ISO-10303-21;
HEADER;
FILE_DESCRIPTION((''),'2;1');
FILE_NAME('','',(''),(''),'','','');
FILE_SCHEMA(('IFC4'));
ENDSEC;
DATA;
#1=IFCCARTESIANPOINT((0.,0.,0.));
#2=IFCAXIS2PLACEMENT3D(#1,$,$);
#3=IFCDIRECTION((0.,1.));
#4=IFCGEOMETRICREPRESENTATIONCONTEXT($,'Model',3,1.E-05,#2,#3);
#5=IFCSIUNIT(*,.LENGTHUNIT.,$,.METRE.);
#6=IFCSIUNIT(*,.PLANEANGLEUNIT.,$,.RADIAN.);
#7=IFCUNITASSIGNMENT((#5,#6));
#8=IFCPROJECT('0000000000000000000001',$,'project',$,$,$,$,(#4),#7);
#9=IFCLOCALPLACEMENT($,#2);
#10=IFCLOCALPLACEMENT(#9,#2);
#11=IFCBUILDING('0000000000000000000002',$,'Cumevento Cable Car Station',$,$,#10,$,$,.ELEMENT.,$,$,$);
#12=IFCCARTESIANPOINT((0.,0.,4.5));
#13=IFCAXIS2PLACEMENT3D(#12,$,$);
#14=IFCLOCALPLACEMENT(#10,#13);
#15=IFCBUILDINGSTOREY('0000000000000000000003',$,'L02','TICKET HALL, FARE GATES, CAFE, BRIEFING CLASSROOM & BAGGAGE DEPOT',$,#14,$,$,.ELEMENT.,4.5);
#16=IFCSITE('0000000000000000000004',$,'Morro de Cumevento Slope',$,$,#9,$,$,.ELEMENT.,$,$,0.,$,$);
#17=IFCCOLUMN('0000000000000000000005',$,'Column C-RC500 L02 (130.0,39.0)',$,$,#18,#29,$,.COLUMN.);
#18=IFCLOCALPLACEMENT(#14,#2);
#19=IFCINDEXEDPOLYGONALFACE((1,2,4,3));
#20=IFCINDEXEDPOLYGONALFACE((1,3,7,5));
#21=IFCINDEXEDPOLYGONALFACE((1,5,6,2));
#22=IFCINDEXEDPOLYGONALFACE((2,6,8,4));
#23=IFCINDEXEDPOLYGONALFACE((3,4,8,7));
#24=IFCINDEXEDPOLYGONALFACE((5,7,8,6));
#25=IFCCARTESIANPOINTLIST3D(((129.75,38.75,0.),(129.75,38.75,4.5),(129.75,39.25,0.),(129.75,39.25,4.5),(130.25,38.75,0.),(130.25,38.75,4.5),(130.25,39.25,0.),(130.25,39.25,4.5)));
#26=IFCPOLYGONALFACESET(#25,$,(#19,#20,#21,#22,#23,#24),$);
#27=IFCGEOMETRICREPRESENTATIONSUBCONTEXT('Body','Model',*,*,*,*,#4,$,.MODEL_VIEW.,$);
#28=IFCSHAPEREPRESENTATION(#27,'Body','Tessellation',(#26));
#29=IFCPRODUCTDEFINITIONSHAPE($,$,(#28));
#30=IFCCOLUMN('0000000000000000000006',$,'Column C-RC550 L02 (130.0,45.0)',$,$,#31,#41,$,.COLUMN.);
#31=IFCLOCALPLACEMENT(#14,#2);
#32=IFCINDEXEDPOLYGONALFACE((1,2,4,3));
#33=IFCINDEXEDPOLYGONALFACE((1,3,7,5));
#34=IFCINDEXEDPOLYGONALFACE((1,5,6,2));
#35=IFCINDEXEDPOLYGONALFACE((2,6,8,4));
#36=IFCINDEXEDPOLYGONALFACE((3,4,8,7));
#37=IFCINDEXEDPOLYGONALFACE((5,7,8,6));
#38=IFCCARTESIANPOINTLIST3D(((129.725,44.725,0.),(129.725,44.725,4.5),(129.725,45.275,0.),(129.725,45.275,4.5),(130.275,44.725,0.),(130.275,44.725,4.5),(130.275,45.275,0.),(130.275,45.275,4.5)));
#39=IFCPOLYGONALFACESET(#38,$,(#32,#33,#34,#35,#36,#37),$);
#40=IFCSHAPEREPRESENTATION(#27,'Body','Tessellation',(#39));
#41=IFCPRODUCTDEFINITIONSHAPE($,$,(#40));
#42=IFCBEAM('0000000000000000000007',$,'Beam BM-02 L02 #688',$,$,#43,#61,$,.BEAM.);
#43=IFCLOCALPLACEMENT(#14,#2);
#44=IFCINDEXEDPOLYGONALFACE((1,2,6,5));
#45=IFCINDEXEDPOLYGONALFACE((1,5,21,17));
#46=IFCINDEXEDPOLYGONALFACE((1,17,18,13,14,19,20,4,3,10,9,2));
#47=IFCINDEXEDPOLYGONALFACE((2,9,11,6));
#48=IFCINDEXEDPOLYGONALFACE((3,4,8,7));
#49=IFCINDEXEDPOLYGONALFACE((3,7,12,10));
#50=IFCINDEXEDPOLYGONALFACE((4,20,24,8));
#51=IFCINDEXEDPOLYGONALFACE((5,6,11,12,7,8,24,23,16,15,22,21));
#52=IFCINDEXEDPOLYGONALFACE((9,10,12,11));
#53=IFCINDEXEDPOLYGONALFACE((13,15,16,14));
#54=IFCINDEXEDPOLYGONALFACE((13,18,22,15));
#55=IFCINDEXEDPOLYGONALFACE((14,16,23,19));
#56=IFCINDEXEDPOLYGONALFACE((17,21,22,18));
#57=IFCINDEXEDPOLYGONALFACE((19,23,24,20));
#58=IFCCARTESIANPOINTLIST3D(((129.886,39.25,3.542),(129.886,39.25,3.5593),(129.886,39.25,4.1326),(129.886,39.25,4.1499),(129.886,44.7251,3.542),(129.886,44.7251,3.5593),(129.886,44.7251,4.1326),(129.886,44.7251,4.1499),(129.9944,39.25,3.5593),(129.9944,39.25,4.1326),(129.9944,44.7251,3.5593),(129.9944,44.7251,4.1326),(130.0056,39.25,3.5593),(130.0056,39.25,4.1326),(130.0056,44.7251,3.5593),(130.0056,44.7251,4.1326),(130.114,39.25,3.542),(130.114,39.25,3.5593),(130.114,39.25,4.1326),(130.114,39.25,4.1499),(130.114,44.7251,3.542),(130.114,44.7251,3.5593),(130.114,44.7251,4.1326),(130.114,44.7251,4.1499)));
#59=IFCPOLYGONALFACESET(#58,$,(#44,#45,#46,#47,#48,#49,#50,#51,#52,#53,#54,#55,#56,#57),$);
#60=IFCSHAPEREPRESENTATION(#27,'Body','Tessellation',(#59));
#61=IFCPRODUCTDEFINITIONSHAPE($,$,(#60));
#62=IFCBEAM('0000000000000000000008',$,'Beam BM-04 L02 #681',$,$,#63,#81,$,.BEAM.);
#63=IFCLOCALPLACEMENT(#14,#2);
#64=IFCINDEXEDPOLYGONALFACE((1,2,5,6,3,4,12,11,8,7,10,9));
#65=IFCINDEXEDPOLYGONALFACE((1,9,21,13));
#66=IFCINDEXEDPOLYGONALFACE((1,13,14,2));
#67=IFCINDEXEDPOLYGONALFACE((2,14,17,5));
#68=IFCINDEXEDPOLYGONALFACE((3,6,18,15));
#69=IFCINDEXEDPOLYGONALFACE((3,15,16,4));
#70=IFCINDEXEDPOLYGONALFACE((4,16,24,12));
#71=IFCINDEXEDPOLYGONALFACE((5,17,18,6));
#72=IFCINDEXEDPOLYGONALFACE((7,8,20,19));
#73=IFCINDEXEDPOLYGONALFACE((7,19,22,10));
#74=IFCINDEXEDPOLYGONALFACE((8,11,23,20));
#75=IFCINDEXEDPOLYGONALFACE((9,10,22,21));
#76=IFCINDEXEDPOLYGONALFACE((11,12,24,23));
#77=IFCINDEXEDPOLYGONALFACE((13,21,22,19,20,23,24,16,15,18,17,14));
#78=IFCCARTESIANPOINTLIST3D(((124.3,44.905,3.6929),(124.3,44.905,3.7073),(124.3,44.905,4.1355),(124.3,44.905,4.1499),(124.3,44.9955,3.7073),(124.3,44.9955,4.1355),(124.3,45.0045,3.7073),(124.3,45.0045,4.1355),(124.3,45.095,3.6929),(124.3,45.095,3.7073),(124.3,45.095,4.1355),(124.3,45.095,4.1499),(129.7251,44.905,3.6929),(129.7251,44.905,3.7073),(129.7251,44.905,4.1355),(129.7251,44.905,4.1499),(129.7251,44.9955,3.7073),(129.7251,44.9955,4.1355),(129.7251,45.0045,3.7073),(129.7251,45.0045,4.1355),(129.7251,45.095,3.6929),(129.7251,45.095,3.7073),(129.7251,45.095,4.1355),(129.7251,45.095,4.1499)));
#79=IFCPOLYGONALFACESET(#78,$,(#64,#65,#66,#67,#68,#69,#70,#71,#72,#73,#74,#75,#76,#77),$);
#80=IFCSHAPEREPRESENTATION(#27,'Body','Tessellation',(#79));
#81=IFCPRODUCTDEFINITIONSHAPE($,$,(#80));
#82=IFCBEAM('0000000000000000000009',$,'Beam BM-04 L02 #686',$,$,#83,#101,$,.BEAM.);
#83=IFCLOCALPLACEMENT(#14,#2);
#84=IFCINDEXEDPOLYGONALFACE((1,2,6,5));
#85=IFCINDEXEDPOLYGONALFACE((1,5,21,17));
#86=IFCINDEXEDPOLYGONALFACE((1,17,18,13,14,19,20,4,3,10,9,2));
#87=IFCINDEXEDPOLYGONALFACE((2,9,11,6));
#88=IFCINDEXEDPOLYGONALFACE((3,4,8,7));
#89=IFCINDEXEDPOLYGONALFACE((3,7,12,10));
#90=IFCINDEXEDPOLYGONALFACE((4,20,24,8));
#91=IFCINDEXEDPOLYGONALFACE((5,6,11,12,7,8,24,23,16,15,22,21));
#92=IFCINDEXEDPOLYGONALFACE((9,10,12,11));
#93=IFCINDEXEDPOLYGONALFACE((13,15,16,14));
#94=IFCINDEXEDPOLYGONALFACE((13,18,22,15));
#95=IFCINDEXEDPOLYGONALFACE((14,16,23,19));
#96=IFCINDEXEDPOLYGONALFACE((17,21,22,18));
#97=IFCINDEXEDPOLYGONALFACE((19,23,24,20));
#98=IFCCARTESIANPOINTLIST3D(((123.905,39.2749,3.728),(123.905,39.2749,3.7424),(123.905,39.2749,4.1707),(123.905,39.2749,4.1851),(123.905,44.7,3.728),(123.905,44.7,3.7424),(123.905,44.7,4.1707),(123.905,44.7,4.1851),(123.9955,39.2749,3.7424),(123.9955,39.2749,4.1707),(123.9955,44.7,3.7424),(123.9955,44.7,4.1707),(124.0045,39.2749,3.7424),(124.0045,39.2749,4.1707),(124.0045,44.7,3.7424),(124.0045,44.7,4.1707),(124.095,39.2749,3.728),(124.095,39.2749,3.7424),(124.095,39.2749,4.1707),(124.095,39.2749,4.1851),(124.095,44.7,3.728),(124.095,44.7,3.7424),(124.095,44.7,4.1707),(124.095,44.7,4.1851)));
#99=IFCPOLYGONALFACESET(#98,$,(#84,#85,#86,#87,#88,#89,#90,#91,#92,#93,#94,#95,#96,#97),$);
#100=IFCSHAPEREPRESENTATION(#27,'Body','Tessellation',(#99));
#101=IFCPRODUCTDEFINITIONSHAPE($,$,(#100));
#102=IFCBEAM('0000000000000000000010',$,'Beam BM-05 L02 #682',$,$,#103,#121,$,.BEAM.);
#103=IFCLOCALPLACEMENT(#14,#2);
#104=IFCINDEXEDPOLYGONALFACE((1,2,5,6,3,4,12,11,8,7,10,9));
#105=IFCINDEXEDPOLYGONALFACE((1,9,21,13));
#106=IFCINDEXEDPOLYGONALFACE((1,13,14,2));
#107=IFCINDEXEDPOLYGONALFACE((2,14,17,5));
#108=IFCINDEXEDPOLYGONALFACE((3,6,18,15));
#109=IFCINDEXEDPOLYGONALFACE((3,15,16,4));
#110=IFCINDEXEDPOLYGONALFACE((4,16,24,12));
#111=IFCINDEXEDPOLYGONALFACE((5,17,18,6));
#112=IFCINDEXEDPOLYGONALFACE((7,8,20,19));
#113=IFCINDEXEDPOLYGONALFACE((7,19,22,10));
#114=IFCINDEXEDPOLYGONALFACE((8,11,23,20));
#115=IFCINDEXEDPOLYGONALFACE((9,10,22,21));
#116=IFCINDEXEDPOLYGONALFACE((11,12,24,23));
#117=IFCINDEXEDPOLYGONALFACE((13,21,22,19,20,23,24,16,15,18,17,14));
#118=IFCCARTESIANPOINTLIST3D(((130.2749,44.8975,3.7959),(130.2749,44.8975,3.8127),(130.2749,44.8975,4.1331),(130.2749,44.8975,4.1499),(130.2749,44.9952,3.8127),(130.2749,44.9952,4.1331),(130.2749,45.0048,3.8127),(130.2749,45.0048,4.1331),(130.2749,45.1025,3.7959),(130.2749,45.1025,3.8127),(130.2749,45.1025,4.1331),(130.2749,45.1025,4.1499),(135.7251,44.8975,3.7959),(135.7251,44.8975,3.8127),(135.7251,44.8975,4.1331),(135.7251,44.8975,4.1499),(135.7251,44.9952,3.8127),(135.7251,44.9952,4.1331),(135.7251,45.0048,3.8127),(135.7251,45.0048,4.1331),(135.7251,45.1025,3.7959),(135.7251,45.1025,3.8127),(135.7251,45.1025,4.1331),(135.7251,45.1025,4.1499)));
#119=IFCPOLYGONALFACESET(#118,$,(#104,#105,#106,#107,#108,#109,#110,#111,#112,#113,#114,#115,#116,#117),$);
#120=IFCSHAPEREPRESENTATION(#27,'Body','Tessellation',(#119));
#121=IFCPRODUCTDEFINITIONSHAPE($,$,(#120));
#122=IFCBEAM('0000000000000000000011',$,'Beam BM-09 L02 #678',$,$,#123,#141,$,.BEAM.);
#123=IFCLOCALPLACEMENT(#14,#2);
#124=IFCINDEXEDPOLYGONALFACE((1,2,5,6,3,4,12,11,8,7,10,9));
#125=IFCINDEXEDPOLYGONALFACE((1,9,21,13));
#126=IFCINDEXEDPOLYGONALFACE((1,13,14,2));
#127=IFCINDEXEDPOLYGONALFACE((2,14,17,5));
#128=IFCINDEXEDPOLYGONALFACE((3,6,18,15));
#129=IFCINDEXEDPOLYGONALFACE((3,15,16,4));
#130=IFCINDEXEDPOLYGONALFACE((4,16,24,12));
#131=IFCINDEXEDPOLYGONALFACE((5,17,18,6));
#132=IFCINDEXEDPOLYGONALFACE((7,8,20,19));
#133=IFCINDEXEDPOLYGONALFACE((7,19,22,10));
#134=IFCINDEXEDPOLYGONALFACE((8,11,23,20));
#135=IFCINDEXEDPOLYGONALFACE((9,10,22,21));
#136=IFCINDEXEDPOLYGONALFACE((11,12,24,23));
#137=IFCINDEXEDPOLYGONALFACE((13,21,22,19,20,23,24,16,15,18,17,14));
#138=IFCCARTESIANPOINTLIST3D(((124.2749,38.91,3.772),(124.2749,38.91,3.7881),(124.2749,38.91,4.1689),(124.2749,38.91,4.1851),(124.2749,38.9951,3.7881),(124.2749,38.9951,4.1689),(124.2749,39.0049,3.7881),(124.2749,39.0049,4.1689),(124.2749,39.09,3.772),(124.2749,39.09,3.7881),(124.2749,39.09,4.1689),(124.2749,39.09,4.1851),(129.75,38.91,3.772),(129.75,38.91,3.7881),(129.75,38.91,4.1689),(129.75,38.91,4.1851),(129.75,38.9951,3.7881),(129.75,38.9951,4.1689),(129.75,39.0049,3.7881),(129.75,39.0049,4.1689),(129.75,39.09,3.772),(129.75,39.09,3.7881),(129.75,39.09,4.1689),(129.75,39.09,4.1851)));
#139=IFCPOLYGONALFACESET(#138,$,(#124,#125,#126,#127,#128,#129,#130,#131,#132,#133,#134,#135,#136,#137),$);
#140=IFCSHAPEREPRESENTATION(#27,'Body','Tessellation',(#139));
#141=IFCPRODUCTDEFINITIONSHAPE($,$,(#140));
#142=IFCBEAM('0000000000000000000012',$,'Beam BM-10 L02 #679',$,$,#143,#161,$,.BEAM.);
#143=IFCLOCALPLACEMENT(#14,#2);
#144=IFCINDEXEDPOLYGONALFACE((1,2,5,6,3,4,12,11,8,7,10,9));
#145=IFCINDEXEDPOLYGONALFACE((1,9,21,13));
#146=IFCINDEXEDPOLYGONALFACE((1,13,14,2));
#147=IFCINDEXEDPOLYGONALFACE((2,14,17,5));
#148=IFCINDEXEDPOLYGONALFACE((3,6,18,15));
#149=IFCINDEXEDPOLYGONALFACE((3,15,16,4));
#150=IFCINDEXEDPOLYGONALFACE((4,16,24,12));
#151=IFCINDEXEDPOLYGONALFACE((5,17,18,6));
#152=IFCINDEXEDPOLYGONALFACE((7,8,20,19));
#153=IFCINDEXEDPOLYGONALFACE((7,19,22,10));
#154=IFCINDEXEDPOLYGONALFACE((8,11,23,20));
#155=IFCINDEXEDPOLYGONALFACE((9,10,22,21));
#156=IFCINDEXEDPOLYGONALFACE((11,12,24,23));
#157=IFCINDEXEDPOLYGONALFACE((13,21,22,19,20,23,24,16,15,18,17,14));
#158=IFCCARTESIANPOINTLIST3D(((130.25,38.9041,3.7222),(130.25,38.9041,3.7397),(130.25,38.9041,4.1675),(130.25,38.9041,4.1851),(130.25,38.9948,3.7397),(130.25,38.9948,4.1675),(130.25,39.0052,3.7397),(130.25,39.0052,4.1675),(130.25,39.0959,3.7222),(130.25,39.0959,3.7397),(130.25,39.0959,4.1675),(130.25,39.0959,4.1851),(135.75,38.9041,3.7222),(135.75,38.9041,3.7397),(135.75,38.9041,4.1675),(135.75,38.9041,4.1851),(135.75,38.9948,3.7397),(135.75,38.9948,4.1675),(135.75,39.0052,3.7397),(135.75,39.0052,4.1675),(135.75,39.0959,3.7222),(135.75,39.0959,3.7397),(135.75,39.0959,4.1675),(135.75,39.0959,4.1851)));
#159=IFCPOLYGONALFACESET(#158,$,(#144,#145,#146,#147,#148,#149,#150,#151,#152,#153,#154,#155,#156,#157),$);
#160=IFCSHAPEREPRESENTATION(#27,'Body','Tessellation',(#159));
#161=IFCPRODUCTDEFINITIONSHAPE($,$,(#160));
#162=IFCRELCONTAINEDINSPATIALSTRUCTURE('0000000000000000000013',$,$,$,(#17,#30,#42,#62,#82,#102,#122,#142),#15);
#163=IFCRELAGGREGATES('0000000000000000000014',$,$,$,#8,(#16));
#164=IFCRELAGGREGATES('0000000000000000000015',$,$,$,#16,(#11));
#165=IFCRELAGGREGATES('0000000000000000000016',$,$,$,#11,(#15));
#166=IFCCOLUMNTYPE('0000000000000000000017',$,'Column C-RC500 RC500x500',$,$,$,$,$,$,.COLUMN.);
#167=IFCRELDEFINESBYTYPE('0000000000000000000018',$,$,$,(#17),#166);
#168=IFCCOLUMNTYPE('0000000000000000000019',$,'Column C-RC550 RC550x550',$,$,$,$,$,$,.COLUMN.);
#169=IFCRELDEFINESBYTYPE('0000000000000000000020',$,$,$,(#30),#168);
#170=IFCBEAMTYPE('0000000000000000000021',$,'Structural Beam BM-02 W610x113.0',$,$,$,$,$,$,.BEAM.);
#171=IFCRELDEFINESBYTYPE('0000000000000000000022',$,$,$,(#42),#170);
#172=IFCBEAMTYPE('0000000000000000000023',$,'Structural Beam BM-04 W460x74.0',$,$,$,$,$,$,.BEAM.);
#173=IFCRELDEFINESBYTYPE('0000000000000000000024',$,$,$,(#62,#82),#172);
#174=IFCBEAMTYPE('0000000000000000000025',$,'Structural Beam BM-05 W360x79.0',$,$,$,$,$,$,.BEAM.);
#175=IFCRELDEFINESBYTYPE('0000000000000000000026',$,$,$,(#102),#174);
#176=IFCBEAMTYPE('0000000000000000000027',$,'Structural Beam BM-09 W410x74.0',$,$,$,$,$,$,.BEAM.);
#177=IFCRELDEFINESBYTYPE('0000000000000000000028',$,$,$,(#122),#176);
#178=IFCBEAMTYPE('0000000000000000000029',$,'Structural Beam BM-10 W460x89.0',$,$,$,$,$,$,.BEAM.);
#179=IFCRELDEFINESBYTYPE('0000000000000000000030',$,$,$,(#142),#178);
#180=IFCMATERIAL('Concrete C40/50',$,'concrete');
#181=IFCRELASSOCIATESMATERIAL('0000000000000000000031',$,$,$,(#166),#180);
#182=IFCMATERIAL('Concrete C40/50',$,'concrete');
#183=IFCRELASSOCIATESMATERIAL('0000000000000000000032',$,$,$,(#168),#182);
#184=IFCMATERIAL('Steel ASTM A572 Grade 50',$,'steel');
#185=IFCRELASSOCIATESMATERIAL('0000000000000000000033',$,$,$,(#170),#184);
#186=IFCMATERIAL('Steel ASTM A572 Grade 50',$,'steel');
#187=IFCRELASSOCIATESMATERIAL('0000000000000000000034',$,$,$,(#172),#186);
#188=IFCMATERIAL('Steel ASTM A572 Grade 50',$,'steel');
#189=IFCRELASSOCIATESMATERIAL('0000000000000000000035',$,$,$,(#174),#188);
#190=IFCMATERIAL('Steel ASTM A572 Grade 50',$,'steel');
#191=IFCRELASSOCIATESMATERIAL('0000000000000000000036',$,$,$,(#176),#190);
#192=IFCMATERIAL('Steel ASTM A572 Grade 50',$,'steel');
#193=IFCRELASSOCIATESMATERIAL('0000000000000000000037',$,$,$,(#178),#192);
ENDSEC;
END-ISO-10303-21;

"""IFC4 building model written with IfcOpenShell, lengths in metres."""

from ifc_helpers import new_model, si_unit, direction, frame, origin, origin_2d, place, context, subcontext, project, spatial, rectangle, i_section, extrude, material, material_profile, profile_set, type_object, element, save


model = new_model("IFC4")

# Units and contexts
model_context = context("Model", 3, precision=1e-05, world=origin(), true_north=direction((0.0, 1.0)))
body_context = subcontext(model_context, "Body", "Model", "MODEL_VIEW")
ifc_project = project(units=[si_unit("LENGTHUNIT", "METRE"), si_unit("PLANEANGLEUNIT", "RADIAN")], contexts=[model_context])

# Site, building, storey
site_placement = place(None, origin())
site = spatial("IfcSite", under=ifc_project, at=site_placement, Name="Morro de Cumevento Slope", CompositionType="ELEMENT", RefElevation=0.0)
building_placement = place(site_placement, origin())
building = spatial("IfcBuilding", under=site, at=building_placement, Name="Cumevento Cable Car Station", CompositionType="ELEMENT")
storey_placement = place(building_placement, frame((0.0, 0.0, 4.5)))
storey = spatial("IfcBuildingStorey", under=building, at=storey_placement, Name="L02", Description="TICKET HALL, FARE GATES, CAFE, BRIEFING CLASSROOM & BAGGAGE DEPOT", CompositionType="ELEMENT", Elevation=4.5)

# Columns
ifc_material_1 = material(Name="Concrete C40/50", Category="concrete")
ifc_material_profile_1 = material_profile(ifc_material_1, rectangle(XDim=0.5, YDim=0.5, at=origin_2d()), Name="RC500x500")
ifc_profile_set_1 = profile_set([ifc_material_profile_1], Name="Concrete C40/50")
column_type_1 = type_object("IfcColumnType", Name="Column C-RC500 RC500x500", PredefinedType="COLUMN", material=ifc_profile_set_1)
column_1_placement = place(storey_placement, frame((130.0, 39.0, 0.0), z_axis=(0.0, 0.0, 1.0), x_axis=(1.0, 0.0, 0.0)))
element("IfcColumn", 1, at=column_1_placement, inside=storey, type_object=column_type_1, Name="Column C-RC500 L02 (130.0,39.0)", PredefinedType="COLUMN", context=body_context, shape_type="SweptSolid", body=[
    extrude(rectangle(XDim=0.5, YDim=0.5, at=origin_2d()), origin(), (0.0, 0.0, 1.0), 4.5),
])
ifc_material_2 = material(Name="Concrete C40/50", Category="concrete")
ifc_material_profile_2 = material_profile(ifc_material_2, rectangle(XDim=0.55, YDim=0.55, at=origin_2d()), Name="RC550x550")
ifc_profile_set_2 = profile_set([ifc_material_profile_2], Name="Concrete C40/50")
column_type_2 = type_object("IfcColumnType", Name="Column C-RC550 RC550x550", PredefinedType="COLUMN", material=ifc_profile_set_2)
column_2_placement = place(storey_placement, frame((130.0, 45.0, 0.0), z_axis=(0.0, 0.0, 1.0), x_axis=(1.0, 0.0, 0.0)))
element("IfcColumn", 2, at=column_2_placement, inside=storey, type_object=column_type_2, Name="Column C-RC550 L02 (130.0,45.0)", PredefinedType="COLUMN", context=body_context, shape_type="SweptSolid", body=[
    extrude(rectangle(XDim=0.55, YDim=0.55, at=origin_2d()), origin(), (0.0, 0.0, 1.0), 4.5),
])

# Beams
ifc_material_3 = material(Name="Steel ASTM A572 Grade 50", Category="steel")
ifc_material_profile_3 = material_profile(ifc_material_3, i_section(OverallWidth=0.228, OverallDepth=0.6079, WebThickness=0.0112, FlangeThickness=0.0173, at=origin_2d()), Name="W610x113.0")
ifc_profile_set_3 = profile_set([ifc_material_profile_3], Name="Steel ASTM A572 Grade 50")
beam_type_1 = type_object("IfcBeamType", Name="Structural Beam BM-02 W610x113.0", PredefinedType="BEAM", material=ifc_profile_set_3)
beam_1_placement = place(storey_placement, frame((130.0, 39.25, 3.8459), z_axis=(0.0, 1.0, 0.0), x_axis=(-1.0, 0.0, 0.0)))
element("IfcBeam", 3, at=beam_1_placement, inside=storey, type_object=beam_type_1, Name="Beam BM-02 L02 #688", PredefinedType="BEAM", context=body_context, shape_type="SweptSolid", body=[
    extrude(i_section(OverallWidth=0.228, OverallDepth=0.6079, WebThickness=0.0112, FlangeThickness=0.0173, at=origin_2d()), origin(), (0.0, 0.0, 1.0), 5.4751),
])
ifc_material_4 = material(Name="Steel ASTM A572 Grade 50", Category="steel")
ifc_material_profile_4 = material_profile(ifc_material_4, i_section(OverallWidth=0.1899, OverallDepth=0.457, WebThickness=0.009, FlangeThickness=0.0144, at=origin_2d()), Name="W460x74.0")
ifc_profile_set_4 = profile_set([ifc_material_profile_4], Name="Steel ASTM A572 Grade 50")
beam_type_2 = type_object("IfcBeamType", Name="Structural Beam BM-04 W460x74.0", PredefinedType="BEAM", material=ifc_profile_set_4)
for number, where, z_axis, x_axis, name in (
    (4, (124.3, 45.0, 3.9214), (1.0, 0.0, 0.0), (0.0, 1.0, 0.0), "Beam BM-04 L02 #681"),
    (5, (124.0, 39.2749, 3.9565), (0.0, 1.0, 0.0), (-1.0, 0.0, 0.0), "Beam BM-04 L02 #686"),
):
    element("IfcBeam", number, at=place(storey_placement, frame(where, z_axis=z_axis, x_axis=x_axis)), inside=storey, type_object=beam_type_2, Name=name, PredefinedType="BEAM", context=body_context, shape_type="SweptSolid", body=[
        extrude(i_section(OverallWidth=0.1899, OverallDepth=0.457, WebThickness=0.009, FlangeThickness=0.0144, at=origin_2d()), origin(), (0.0, 0.0, 1.0), 5.425),
    ])
ifc_material_5 = material(Name="Steel ASTM A572 Grade 50", Category="steel")
ifc_material_profile_5 = material_profile(ifc_material_5, i_section(OverallWidth=0.2051, OverallDepth=0.354, WebThickness=0.0095, FlangeThickness=0.0168, at=origin_2d()), Name="W360x79.0")
ifc_profile_set_5 = profile_set([ifc_material_profile_5], Name="Steel ASTM A572 Grade 50")
beam_type_3 = type_object("IfcBeamType", Name="Structural Beam BM-05 W360x79.0", PredefinedType="BEAM", material=ifc_profile_set_5)
beam_2_placement = place(storey_placement, frame((130.2749, 45.0, 3.9729), z_axis=(1.0, 0.0, 0.0), x_axis=(0.0, 1.0, 0.0)))
element("IfcBeam", 6, at=beam_2_placement, inside=storey, type_object=beam_type_3, Name="Beam BM-05 L02 #682", PredefinedType="BEAM", context=body_context, shape_type="SweptSolid", body=[
    extrude(i_section(OverallWidth=0.2051, OverallDepth=0.354, WebThickness=0.0095, FlangeThickness=0.0168, at=origin_2d()), origin(), (0.0, 0.0, 1.0), 5.4502),
])
ifc_material_6 = material(Name="Steel ASTM A572 Grade 50", Category="steel")
ifc_material_profile_6 = material_profile(ifc_material_6, i_section(OverallWidth=0.1799, OverallDepth=0.4131, WebThickness=0.0098, FlangeThickness=0.0161, at=origin_2d()), Name="W410x74.0")
ifc_profile_set_6 = profile_set([ifc_material_profile_6], Name="Steel ASTM A572 Grade 50")
beam_type_4 = type_object("IfcBeamType", Name="Structural Beam BM-09 W410x74.0", PredefinedType="BEAM", material=ifc_profile_set_6)
beam_3_placement = place(storey_placement, frame((124.2749, 39.0, 3.9785), z_axis=(1.0, 0.0, 0.0), x_axis=(0.0, 1.0, 0.0)))
element("IfcBeam", 7, at=beam_3_placement, inside=storey, type_object=beam_type_4, Name="Beam BM-09 L02 #678", PredefinedType="BEAM", context=body_context, shape_type="SweptSolid", body=[
    extrude(i_section(OverallWidth=0.1799, OverallDepth=0.4131, WebThickness=0.0098, FlangeThickness=0.0161, at=origin_2d()), origin(), (0.0, 0.0, 1.0), 5.4751),
])
ifc_material_7 = material(Name="Steel ASTM A572 Grade 50", Category="steel")
ifc_material_profile_7 = material_profile(ifc_material_7, i_section(OverallWidth=0.1919, OverallDepth=0.4629, WebThickness=0.0105, FlangeThickness=0.0176, at=origin_2d()), Name="W460x89.0")
ifc_profile_set_7 = profile_set([ifc_material_profile_7], Name="Steel ASTM A572 Grade 50")
beam_type_5 = type_object("IfcBeamType", Name="Structural Beam BM-10 W460x89.0", PredefinedType="BEAM", material=ifc_profile_set_7)
beam_4_placement = place(storey_placement, frame((130.25, 39.0, 3.9536), z_axis=(1.0, 0.0, 0.0), x_axis=(0.0, 1.0, 0.0)))
element("IfcBeam", 8, at=beam_4_placement, inside=storey, type_object=beam_type_5, Name="Beam BM-10 L02 #679", PredefinedType="BEAM", context=body_context, shape_type="SweptSolid", body=[
    extrude(i_section(OverallWidth=0.1919, OverallDepth=0.4629, WebThickness=0.0105, FlangeThickness=0.0176, at=origin_2d()), origin(), (0.0, 0.0, 1.0), 5.5),
])

save(model, "model.ifc")
